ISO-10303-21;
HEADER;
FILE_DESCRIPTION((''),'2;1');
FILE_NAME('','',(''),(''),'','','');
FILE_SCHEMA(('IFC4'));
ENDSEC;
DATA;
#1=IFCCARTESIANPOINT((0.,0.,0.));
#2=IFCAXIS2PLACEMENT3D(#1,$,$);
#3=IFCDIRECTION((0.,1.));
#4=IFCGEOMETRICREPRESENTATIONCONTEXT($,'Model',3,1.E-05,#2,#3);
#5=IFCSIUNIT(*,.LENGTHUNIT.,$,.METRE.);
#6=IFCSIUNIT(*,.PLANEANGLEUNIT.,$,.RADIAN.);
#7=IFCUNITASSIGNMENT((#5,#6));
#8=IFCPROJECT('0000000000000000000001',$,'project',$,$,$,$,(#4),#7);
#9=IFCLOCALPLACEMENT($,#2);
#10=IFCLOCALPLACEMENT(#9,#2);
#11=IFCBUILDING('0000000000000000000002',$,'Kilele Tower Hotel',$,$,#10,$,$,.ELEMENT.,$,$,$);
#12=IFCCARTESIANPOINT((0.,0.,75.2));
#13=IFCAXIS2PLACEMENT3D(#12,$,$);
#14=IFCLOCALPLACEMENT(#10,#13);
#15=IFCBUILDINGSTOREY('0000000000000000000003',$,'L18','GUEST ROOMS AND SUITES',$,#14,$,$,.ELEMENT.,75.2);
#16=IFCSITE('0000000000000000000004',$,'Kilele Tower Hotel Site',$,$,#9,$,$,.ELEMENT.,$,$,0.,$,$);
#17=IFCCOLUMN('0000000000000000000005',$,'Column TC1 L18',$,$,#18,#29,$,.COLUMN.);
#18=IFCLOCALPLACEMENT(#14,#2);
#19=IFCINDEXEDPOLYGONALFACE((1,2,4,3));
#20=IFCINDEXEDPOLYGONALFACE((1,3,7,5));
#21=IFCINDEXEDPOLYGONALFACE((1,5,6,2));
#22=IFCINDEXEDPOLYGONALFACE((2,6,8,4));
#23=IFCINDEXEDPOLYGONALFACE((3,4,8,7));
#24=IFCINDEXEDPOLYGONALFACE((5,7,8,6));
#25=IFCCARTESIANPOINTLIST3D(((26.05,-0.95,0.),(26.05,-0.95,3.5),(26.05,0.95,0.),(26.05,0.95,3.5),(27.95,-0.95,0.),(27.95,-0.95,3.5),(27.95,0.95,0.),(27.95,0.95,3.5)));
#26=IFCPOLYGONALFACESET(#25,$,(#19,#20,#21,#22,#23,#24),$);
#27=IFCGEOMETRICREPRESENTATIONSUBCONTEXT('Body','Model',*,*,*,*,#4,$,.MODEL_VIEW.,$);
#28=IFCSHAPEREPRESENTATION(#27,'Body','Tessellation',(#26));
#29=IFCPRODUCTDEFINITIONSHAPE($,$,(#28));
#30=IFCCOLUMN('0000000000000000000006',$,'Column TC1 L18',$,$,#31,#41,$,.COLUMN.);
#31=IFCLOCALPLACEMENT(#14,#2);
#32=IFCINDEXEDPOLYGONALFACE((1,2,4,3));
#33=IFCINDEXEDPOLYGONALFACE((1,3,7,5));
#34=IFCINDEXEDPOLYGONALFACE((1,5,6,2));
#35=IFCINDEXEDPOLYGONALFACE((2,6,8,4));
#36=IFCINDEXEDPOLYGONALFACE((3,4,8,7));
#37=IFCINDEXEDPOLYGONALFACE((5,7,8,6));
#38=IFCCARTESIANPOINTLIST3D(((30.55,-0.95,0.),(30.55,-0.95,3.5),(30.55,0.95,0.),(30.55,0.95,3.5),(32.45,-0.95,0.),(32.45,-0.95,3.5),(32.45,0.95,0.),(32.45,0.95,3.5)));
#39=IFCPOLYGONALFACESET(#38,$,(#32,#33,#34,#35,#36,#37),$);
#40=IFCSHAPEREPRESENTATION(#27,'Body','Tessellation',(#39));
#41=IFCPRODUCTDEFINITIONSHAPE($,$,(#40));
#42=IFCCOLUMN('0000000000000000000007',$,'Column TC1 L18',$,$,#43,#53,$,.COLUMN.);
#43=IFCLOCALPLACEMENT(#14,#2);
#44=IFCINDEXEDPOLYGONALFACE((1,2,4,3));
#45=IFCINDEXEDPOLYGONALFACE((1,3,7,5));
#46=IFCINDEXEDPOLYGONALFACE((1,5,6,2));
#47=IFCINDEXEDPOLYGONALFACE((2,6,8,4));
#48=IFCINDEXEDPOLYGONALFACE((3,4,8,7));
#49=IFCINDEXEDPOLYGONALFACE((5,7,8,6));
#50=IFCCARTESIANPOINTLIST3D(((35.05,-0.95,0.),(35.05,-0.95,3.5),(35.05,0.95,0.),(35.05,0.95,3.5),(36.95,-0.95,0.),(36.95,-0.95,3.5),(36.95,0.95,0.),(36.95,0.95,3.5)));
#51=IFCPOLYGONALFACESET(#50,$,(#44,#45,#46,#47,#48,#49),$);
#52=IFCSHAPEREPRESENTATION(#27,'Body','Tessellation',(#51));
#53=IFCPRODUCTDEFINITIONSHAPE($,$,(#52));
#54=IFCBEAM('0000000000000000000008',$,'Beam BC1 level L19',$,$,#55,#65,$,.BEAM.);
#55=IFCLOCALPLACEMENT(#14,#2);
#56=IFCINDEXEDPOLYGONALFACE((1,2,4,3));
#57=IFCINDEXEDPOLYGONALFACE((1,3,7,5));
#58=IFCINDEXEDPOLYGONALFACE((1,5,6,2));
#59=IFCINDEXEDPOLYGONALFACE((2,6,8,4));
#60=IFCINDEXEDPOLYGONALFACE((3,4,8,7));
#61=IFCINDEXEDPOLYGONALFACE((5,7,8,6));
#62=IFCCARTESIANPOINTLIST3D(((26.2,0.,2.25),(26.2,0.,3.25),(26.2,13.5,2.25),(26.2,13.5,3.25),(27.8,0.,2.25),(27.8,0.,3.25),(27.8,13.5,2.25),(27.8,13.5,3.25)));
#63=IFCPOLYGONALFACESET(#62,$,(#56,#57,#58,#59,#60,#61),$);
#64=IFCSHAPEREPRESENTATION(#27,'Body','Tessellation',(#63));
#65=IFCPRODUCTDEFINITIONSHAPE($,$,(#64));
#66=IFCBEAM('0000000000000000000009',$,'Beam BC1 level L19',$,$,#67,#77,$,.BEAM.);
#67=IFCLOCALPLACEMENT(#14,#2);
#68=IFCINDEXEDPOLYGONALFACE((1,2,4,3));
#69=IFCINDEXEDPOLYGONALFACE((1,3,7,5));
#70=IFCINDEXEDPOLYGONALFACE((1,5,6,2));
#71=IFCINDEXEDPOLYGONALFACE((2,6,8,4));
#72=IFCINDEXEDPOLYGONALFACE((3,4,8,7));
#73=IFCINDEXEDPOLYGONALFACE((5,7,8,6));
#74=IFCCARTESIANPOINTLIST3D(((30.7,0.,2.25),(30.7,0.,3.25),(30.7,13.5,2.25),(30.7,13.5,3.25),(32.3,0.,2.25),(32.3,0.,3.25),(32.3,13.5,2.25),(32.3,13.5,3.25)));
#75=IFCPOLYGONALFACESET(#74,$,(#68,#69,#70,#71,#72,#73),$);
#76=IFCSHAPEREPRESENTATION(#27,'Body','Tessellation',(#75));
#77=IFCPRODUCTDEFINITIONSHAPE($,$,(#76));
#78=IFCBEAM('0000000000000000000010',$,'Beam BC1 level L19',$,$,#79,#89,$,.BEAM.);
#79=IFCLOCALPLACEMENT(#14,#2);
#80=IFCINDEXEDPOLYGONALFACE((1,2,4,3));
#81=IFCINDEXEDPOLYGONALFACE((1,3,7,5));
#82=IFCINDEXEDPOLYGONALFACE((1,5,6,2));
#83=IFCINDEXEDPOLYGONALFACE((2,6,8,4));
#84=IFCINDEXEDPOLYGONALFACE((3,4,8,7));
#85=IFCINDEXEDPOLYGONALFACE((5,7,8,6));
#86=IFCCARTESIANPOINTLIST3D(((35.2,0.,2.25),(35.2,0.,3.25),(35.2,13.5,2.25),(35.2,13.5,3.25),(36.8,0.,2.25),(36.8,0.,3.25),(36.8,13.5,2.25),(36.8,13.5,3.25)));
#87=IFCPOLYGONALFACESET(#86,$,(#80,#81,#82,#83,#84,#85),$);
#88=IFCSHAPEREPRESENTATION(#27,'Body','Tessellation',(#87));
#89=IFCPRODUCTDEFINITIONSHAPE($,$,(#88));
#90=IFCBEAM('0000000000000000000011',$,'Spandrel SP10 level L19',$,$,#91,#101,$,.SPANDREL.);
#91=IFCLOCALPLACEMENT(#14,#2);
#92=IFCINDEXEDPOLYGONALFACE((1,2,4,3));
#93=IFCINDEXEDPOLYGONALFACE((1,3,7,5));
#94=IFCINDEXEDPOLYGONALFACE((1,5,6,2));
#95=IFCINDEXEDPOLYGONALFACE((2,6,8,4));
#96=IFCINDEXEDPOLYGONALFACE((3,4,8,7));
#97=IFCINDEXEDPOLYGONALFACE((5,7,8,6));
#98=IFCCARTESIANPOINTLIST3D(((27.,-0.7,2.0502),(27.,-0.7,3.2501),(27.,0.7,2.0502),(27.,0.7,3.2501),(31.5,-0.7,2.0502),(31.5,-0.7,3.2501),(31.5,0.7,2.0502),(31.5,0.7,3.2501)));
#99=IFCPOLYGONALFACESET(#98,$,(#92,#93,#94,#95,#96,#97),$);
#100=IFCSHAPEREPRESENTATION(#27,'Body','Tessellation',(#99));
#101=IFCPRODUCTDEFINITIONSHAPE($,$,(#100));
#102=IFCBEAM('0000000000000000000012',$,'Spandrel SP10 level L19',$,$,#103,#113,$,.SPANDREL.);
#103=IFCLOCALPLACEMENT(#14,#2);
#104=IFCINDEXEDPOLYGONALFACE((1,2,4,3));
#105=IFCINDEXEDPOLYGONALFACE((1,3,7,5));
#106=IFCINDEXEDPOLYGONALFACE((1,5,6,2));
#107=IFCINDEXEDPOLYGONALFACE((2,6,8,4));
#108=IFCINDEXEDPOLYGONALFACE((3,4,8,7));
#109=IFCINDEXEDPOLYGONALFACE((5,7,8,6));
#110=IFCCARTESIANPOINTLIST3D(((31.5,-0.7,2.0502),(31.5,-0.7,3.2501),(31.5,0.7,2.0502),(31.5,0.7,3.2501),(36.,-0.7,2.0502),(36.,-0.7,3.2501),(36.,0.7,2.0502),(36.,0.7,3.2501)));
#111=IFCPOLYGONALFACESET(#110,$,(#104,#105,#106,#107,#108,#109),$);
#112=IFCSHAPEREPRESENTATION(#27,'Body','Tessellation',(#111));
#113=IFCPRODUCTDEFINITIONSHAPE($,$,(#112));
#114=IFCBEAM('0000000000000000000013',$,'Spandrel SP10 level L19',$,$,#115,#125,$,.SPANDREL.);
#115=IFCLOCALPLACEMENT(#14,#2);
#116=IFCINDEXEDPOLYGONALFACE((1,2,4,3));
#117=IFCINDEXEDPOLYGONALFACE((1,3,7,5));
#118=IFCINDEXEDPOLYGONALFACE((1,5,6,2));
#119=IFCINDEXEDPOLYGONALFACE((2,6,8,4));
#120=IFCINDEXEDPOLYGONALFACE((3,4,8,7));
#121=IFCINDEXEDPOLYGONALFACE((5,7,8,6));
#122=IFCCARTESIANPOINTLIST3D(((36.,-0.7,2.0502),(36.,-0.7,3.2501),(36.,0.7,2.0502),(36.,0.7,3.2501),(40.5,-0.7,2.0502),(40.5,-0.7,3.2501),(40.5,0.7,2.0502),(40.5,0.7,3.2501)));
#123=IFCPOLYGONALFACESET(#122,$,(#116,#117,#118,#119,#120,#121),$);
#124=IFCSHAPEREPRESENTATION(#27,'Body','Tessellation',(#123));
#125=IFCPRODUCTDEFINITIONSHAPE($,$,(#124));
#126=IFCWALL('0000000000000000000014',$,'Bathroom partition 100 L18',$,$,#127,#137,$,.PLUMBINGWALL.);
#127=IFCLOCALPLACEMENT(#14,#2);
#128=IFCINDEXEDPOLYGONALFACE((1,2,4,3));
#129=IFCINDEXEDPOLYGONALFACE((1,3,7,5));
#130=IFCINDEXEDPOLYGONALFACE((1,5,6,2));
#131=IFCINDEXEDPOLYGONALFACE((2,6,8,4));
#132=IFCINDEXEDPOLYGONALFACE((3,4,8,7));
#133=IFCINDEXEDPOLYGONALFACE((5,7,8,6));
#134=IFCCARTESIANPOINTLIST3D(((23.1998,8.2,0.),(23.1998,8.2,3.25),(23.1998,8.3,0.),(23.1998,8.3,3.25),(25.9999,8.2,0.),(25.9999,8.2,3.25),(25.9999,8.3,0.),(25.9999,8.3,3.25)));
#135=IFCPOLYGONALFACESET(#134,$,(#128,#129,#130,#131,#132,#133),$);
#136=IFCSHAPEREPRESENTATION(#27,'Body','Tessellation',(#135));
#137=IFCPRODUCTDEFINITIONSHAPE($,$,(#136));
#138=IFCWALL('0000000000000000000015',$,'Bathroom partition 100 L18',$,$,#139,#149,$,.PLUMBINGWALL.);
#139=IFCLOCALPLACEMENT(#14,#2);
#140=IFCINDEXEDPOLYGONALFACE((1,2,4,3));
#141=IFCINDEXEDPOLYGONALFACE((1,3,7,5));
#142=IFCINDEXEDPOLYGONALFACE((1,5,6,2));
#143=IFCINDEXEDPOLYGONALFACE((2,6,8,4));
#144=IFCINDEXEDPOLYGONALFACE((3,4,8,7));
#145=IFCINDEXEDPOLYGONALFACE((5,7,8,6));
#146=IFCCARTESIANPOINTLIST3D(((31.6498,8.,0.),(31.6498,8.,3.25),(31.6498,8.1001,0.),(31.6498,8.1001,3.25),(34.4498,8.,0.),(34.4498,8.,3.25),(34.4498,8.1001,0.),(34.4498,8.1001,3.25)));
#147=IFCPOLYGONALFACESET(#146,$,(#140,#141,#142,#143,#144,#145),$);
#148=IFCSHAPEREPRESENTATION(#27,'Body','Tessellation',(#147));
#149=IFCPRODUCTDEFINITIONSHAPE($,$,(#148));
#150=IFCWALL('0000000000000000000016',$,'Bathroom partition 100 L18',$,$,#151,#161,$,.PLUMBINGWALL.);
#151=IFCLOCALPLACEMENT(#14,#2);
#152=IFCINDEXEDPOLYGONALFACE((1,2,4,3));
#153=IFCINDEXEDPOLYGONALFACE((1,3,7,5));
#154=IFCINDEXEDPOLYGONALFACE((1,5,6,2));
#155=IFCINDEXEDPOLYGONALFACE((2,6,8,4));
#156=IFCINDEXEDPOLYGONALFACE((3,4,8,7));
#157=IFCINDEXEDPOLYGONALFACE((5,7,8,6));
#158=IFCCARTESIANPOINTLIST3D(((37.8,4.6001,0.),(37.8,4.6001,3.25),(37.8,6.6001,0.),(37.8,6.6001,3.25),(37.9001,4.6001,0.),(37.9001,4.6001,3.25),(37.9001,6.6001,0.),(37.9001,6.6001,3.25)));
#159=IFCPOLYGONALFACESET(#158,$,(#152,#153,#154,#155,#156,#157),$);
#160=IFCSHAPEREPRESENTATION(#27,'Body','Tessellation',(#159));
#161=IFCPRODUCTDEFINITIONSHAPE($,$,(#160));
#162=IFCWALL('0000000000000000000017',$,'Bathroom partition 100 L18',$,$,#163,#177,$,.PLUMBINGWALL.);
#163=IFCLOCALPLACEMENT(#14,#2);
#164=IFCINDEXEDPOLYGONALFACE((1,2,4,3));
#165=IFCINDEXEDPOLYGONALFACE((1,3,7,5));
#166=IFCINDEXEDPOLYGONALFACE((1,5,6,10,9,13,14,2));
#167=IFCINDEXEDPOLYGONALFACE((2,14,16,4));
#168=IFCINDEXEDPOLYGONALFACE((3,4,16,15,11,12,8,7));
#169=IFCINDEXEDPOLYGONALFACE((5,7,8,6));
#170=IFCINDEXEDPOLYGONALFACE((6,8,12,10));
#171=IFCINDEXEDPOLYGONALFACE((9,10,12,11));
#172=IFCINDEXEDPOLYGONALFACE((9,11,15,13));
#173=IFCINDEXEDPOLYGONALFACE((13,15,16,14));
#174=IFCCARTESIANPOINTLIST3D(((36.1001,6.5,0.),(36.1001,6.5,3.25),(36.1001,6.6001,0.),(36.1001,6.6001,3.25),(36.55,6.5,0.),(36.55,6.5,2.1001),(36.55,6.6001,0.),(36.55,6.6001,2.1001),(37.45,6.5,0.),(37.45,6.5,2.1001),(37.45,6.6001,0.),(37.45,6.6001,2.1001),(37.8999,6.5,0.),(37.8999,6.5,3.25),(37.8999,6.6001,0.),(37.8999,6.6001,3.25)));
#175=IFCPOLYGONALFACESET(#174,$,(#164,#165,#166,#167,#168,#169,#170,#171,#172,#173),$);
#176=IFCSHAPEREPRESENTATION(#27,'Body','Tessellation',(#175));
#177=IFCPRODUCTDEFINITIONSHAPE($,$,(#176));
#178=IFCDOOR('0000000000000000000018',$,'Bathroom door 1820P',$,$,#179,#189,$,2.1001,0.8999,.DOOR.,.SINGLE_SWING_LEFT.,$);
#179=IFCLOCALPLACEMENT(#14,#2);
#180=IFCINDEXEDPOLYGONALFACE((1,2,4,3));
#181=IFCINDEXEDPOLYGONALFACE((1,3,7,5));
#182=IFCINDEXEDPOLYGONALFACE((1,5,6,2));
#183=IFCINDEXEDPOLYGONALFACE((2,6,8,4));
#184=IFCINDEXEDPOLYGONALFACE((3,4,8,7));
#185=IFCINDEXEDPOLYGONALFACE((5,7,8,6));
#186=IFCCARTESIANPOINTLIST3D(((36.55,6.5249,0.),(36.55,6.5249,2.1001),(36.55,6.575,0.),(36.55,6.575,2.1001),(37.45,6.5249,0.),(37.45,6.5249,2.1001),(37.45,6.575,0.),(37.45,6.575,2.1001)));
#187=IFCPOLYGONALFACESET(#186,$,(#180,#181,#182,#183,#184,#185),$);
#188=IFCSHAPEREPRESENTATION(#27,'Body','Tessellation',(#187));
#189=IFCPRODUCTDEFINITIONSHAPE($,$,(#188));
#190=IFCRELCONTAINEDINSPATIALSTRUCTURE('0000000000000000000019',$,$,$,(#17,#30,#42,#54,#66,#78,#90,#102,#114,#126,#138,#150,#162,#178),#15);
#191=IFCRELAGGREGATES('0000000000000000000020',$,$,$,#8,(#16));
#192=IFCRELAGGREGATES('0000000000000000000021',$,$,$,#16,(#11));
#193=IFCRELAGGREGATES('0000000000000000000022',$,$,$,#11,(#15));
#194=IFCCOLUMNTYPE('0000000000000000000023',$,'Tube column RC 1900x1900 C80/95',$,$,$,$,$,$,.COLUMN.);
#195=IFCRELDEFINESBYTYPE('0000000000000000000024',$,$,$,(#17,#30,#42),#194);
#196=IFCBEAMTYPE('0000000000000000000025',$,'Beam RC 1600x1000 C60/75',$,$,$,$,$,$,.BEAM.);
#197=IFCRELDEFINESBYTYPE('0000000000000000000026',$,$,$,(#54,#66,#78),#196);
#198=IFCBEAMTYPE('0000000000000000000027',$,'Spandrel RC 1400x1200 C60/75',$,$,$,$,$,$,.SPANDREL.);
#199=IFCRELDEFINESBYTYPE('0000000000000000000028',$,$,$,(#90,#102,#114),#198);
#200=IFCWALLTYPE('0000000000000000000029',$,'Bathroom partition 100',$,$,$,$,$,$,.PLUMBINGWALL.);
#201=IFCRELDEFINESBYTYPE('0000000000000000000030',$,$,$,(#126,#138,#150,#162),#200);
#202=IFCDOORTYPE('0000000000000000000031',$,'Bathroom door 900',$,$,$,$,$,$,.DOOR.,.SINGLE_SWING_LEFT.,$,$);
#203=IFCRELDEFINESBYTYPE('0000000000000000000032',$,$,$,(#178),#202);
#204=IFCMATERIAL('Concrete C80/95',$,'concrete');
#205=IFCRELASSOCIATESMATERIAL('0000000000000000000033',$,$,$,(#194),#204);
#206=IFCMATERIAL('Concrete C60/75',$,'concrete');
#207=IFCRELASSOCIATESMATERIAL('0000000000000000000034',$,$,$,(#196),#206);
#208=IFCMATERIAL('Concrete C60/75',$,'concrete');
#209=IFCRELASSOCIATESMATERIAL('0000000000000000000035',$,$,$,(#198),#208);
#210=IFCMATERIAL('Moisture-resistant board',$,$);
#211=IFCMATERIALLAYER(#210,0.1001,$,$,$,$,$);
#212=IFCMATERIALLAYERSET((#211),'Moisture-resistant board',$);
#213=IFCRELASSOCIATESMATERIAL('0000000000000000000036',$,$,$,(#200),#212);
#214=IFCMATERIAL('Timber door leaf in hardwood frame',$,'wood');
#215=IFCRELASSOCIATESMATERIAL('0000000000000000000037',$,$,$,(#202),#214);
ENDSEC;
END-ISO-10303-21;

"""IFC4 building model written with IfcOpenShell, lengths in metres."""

from ifc_helpers import new_model, si_unit, direction, frame, frame_2d, origin, origin_2d, place, context, subcontext, project, spatial, rectangle, extrude, material, layer, layer_set, material_profile, profile_set, type_object, element, fill, save


model = new_model("IFC4")

# Units and contexts
model_context = context("Model", 3, precision=1e-05, world=origin(), true_north=direction((0.0, 1.0)))
body_context = subcontext(model_context, "Body", "Model", "MODEL_VIEW")
ifc_project = project(units=[si_unit("LENGTHUNIT", "METRE"), si_unit("PLANEANGLEUNIT", "RADIAN")], contexts=[model_context])

# Site, building, storey
site_placement = place(None, origin())
site = spatial("IfcSite", under=ifc_project, at=site_placement, Name="Kilele Tower Hotel Site", CompositionType="ELEMENT", RefElevation=0.0)
building_placement = place(site_placement, origin())
building = spatial("IfcBuilding", under=site, at=building_placement, Name="Kilele Tower Hotel", CompositionType="ELEMENT")
storey_placement = place(building_placement, frame((0.0, 0.0, 75.2)))
storey = spatial("IfcBuildingStorey", under=building, at=storey_placement, Name="L18", Description="GUEST ROOMS AND SUITES", CompositionType="ELEMENT", Elevation=75.2)

# Columns
ifc_material_1 = material(Name="Concrete C80/95", Category="concrete")
ifc_material_profile_1 = material_profile(ifc_material_1, rectangle(XDim=1.8999, YDim=1.8999, at=origin_2d()))
ifc_profile_set_1 = profile_set([ifc_material_profile_1], Name="Concrete C80/95")
column_type = type_object("IfcColumnType", Name="Tube column RC 1900x1900 C80/95", PredefinedType="COLUMN", material=ifc_profile_set_1)
for number, where, z_axis, x_axis, name in (
    (1, (27.0, 0.0, 0.0), (0.0, 0.0, 1.0), (1.0, 0.0, 0.0), "Column TC1 L18"),
    (2, (31.5, 0.0, 0.0), (0.0, 0.0, 1.0), (1.0, 0.0, 0.0), "Column TC1 L18"),
    (3, (36.0, 0.0, 0.0), (0.0, 0.0, 1.0), (1.0, 0.0, 0.0), "Column TC1 L18"),
):
    element("IfcColumn", number, at=place(storey_placement, frame(where, z_axis=z_axis, x_axis=x_axis)), inside=storey, type_object=column_type, Name=name, PredefinedType="COLUMN", context=body_context, shape_type="SweptSolid", body=[
        extrude(rectangle(XDim=1.8999, YDim=1.8999, at=origin_2d()), origin(), (0.0, 0.0, 1.0), 3.5),
    ])

# Beams
ifc_material_2 = material(Name="Concrete C60/75", Category="concrete")
ifc_material_profile_2 = material_profile(ifc_material_2, rectangle(XDim=1.6001, YDim=1.0, at=origin_2d()))
ifc_profile_set_2 = profile_set([ifc_material_profile_2], Name="Concrete C60/75")
beam_type_1 = type_object("IfcBeamType", Name="Beam RC 1600x1000 C60/75", PredefinedType="BEAM", material=ifc_profile_set_2)
for number, where, z_axis, x_axis, name in (
    (4, (27.0, 0.0, 2.75), (0.0, 1.0, 0.0), (-1.0, 0.0, 0.0), "Beam BC1 level L19"),
    (5, (31.5, 0.0, 2.75), (0.0, 1.0, 0.0), (-1.0, 0.0, 0.0), "Beam BC1 level L19"),
    (6, (36.0, 0.0, 2.75), (0.0, 1.0, 0.0), (-1.0, 0.0, 0.0), "Beam BC1 level L19"),
):
    element("IfcBeam", number, at=place(storey_placement, frame(where, z_axis=z_axis, x_axis=x_axis)), inside=storey, type_object=beam_type_1, Name=name, PredefinedType="BEAM", context=body_context, shape_type="SweptSolid", body=[
        extrude(rectangle(XDim=1.6001, YDim=1.0, at=origin_2d()), origin(), (0.0, 0.0, 1.0), 13.5),
    ])
ifc_material_3 = material(Name="Concrete C60/75", Category="concrete")
ifc_material_profile_3 = material_profile(ifc_material_3, rectangle(XDim=1.3999, YDim=1.2, at=origin_2d()))
ifc_profile_set_3 = profile_set([ifc_material_profile_3], Name="Concrete C60/75")
beam_type_2 = type_object("IfcBeamType", Name="Spandrel RC 1400x1200 C60/75", PredefinedType="SPANDREL", material=ifc_profile_set_3)
for number, where, z_axis, x_axis, name in (
    (7, (27.0, 0.0, 2.6501), (1.0, 0.0, 0.0), (0.0, 1.0, 0.0), "Spandrel SP10 level L19"),
    (8, (31.5, 0.0, 2.6501), (1.0, 0.0, 0.0), (0.0, 1.0, 0.0), "Spandrel SP10 level L19"),
    (9, (36.0, 0.0, 2.6501), (1.0, 0.0, 0.0), (0.0, 1.0, 0.0), "Spandrel SP10 level L19"),
):
    element("IfcBeam", number, at=place(storey_placement, frame(where, z_axis=z_axis, x_axis=x_axis)), inside=storey, type_object=beam_type_2, Name=name, PredefinedType="SPANDREL", context=body_context, shape_type="SweptSolid", body=[
        extrude(rectangle(XDim=1.3999, YDim=1.2, at=origin_2d()), origin(), (0.0, 0.0, 1.0), 4.5),
    ])

# Walls
ifc_material_4 = material(Name="Moisture-resistant board")
ifc_layer_1 = layer(ifc_material_4, 0.1001)
ifc_layer_set_1 = layer_set([ifc_layer_1], Name="Moisture-resistant board")
wall_type_1 = type_object("IfcWallType", Name="Bathroom partition 100", PredefinedType="PLUMBINGWALL", material=ifc_layer_set_1)
for number, where, z_axis, x_axis, name in (
    (10, (23.2, 8.25, 0.0), (0.0, 0.0, 1.0), (1.0, 0.0, 0.0), "Bathroom partition 100 L18"),
    (11, (31.6499, 8.05, 0.0), (0.0, 0.0, 1.0), (1.0, 0.0, 0.0), "Bathroom partition 100 L18"),
):
    element("IfcWall", number, at=place(storey_placement, frame(where, z_axis=z_axis, x_axis=x_axis)), inside=storey, type_object=wall_type_1, Name=name, PredefinedType="PLUMBINGWALL", context=body_context, shape_type="SweptSolid", body=[
        extrude(rectangle(XDim=2.8, YDim=0.1001, at=frame_2d((1.3999, 0.0))), origin(), (0.0, 0.0, 1.0), 3.25),
    ])
wall_1_placement = place(storey_placement, frame((37.8501, 4.6001, 0.0), z_axis=(0.0, 0.0, 1.0), x_axis=(0.0, 1.0, 0.0)))
element("IfcWall", 12, at=wall_1_placement, inside=storey, type_object=wall_type_1, Name="Bathroom partition 100 L18", PredefinedType="PLUMBINGWALL", context=body_context, shape_type="SweptSolid", body=[
    extrude(rectangle(XDim=2.0, YDim=0.1001, at=frame_2d((1.0, 0.0))), origin(), (0.0, 0.0, 1.0), 3.25),
])

# Wall, opening, door
wall_2_placement = place(storey_placement, frame((36.1001, 6.55, 0.0), z_axis=(0.0, 0.0, 1.0), x_axis=(1.0, 0.0, 0.0)))
wall_2 = element("IfcWall", 13, at=wall_2_placement, inside=storey, type_object=wall_type_1, Name="Bathroom partition 100 L18", PredefinedType="PLUMBINGWALL", context=body_context, shape_type="SweptSolid", body=[
    extrude(rectangle(XDim=1.7998, YDim=0.1001, at=frame_2d((0.8999, 0.0))), origin(), (0.0, 0.0, 1.0), 3.25),
])
opening_1_placement = place(wall_2_placement, frame((0.45, 0.0, 0.0)))
opening_1 = element("IfcOpeningElement", 14, at=opening_1_placement, cuts=wall_2, PredefinedType="OPENING", context=body_context, shape_type="SweptSolid", body=[
    extrude(rectangle(XDim=0.8999, YDim=2.1001, at=frame_2d((0.45, 1.05))), frame((0.0, 0.0601, 0.0), z_axis=(0.0, -1.0, 0.0), x_axis=(1.0, 0.0, 0.0)), (0.0, 0.0, 1.0), 0.1201),
])
ifc_material_5 = material(Name="Timber door leaf in hardwood frame", Category="wood")
door_type_1 = type_object("IfcDoorType", Name="Bathroom door 900", OperationType="SINGLE_SWING_LEFT", PredefinedType="DOOR", material=ifc_material_5)
door_1_placement = place(opening_1_placement, origin())
door_1 = element("IfcDoor", 15, at=door_1_placement, inside=storey, type_object=door_type_1, Name="Bathroom door 1820P", OperationType="SINGLE_SWING_LEFT", OverallHeight=2.1001, OverallWidth=0.8999, PredefinedType="DOOR", context=body_context, shape_type="SweptSolid", body=[
    extrude(rectangle(XDim=0.8999, YDim=2.1001, at=frame_2d((0.45, 1.05))), frame((0.0, 0.0249, 0.0), z_axis=(0.0, -1.0, 0.0), x_axis=(1.0, 0.0, 0.0)), (0.0, 0.0, 1.0), 0.05),
])
fill(opening_1, door_1)

save(model, "model.ifc")
